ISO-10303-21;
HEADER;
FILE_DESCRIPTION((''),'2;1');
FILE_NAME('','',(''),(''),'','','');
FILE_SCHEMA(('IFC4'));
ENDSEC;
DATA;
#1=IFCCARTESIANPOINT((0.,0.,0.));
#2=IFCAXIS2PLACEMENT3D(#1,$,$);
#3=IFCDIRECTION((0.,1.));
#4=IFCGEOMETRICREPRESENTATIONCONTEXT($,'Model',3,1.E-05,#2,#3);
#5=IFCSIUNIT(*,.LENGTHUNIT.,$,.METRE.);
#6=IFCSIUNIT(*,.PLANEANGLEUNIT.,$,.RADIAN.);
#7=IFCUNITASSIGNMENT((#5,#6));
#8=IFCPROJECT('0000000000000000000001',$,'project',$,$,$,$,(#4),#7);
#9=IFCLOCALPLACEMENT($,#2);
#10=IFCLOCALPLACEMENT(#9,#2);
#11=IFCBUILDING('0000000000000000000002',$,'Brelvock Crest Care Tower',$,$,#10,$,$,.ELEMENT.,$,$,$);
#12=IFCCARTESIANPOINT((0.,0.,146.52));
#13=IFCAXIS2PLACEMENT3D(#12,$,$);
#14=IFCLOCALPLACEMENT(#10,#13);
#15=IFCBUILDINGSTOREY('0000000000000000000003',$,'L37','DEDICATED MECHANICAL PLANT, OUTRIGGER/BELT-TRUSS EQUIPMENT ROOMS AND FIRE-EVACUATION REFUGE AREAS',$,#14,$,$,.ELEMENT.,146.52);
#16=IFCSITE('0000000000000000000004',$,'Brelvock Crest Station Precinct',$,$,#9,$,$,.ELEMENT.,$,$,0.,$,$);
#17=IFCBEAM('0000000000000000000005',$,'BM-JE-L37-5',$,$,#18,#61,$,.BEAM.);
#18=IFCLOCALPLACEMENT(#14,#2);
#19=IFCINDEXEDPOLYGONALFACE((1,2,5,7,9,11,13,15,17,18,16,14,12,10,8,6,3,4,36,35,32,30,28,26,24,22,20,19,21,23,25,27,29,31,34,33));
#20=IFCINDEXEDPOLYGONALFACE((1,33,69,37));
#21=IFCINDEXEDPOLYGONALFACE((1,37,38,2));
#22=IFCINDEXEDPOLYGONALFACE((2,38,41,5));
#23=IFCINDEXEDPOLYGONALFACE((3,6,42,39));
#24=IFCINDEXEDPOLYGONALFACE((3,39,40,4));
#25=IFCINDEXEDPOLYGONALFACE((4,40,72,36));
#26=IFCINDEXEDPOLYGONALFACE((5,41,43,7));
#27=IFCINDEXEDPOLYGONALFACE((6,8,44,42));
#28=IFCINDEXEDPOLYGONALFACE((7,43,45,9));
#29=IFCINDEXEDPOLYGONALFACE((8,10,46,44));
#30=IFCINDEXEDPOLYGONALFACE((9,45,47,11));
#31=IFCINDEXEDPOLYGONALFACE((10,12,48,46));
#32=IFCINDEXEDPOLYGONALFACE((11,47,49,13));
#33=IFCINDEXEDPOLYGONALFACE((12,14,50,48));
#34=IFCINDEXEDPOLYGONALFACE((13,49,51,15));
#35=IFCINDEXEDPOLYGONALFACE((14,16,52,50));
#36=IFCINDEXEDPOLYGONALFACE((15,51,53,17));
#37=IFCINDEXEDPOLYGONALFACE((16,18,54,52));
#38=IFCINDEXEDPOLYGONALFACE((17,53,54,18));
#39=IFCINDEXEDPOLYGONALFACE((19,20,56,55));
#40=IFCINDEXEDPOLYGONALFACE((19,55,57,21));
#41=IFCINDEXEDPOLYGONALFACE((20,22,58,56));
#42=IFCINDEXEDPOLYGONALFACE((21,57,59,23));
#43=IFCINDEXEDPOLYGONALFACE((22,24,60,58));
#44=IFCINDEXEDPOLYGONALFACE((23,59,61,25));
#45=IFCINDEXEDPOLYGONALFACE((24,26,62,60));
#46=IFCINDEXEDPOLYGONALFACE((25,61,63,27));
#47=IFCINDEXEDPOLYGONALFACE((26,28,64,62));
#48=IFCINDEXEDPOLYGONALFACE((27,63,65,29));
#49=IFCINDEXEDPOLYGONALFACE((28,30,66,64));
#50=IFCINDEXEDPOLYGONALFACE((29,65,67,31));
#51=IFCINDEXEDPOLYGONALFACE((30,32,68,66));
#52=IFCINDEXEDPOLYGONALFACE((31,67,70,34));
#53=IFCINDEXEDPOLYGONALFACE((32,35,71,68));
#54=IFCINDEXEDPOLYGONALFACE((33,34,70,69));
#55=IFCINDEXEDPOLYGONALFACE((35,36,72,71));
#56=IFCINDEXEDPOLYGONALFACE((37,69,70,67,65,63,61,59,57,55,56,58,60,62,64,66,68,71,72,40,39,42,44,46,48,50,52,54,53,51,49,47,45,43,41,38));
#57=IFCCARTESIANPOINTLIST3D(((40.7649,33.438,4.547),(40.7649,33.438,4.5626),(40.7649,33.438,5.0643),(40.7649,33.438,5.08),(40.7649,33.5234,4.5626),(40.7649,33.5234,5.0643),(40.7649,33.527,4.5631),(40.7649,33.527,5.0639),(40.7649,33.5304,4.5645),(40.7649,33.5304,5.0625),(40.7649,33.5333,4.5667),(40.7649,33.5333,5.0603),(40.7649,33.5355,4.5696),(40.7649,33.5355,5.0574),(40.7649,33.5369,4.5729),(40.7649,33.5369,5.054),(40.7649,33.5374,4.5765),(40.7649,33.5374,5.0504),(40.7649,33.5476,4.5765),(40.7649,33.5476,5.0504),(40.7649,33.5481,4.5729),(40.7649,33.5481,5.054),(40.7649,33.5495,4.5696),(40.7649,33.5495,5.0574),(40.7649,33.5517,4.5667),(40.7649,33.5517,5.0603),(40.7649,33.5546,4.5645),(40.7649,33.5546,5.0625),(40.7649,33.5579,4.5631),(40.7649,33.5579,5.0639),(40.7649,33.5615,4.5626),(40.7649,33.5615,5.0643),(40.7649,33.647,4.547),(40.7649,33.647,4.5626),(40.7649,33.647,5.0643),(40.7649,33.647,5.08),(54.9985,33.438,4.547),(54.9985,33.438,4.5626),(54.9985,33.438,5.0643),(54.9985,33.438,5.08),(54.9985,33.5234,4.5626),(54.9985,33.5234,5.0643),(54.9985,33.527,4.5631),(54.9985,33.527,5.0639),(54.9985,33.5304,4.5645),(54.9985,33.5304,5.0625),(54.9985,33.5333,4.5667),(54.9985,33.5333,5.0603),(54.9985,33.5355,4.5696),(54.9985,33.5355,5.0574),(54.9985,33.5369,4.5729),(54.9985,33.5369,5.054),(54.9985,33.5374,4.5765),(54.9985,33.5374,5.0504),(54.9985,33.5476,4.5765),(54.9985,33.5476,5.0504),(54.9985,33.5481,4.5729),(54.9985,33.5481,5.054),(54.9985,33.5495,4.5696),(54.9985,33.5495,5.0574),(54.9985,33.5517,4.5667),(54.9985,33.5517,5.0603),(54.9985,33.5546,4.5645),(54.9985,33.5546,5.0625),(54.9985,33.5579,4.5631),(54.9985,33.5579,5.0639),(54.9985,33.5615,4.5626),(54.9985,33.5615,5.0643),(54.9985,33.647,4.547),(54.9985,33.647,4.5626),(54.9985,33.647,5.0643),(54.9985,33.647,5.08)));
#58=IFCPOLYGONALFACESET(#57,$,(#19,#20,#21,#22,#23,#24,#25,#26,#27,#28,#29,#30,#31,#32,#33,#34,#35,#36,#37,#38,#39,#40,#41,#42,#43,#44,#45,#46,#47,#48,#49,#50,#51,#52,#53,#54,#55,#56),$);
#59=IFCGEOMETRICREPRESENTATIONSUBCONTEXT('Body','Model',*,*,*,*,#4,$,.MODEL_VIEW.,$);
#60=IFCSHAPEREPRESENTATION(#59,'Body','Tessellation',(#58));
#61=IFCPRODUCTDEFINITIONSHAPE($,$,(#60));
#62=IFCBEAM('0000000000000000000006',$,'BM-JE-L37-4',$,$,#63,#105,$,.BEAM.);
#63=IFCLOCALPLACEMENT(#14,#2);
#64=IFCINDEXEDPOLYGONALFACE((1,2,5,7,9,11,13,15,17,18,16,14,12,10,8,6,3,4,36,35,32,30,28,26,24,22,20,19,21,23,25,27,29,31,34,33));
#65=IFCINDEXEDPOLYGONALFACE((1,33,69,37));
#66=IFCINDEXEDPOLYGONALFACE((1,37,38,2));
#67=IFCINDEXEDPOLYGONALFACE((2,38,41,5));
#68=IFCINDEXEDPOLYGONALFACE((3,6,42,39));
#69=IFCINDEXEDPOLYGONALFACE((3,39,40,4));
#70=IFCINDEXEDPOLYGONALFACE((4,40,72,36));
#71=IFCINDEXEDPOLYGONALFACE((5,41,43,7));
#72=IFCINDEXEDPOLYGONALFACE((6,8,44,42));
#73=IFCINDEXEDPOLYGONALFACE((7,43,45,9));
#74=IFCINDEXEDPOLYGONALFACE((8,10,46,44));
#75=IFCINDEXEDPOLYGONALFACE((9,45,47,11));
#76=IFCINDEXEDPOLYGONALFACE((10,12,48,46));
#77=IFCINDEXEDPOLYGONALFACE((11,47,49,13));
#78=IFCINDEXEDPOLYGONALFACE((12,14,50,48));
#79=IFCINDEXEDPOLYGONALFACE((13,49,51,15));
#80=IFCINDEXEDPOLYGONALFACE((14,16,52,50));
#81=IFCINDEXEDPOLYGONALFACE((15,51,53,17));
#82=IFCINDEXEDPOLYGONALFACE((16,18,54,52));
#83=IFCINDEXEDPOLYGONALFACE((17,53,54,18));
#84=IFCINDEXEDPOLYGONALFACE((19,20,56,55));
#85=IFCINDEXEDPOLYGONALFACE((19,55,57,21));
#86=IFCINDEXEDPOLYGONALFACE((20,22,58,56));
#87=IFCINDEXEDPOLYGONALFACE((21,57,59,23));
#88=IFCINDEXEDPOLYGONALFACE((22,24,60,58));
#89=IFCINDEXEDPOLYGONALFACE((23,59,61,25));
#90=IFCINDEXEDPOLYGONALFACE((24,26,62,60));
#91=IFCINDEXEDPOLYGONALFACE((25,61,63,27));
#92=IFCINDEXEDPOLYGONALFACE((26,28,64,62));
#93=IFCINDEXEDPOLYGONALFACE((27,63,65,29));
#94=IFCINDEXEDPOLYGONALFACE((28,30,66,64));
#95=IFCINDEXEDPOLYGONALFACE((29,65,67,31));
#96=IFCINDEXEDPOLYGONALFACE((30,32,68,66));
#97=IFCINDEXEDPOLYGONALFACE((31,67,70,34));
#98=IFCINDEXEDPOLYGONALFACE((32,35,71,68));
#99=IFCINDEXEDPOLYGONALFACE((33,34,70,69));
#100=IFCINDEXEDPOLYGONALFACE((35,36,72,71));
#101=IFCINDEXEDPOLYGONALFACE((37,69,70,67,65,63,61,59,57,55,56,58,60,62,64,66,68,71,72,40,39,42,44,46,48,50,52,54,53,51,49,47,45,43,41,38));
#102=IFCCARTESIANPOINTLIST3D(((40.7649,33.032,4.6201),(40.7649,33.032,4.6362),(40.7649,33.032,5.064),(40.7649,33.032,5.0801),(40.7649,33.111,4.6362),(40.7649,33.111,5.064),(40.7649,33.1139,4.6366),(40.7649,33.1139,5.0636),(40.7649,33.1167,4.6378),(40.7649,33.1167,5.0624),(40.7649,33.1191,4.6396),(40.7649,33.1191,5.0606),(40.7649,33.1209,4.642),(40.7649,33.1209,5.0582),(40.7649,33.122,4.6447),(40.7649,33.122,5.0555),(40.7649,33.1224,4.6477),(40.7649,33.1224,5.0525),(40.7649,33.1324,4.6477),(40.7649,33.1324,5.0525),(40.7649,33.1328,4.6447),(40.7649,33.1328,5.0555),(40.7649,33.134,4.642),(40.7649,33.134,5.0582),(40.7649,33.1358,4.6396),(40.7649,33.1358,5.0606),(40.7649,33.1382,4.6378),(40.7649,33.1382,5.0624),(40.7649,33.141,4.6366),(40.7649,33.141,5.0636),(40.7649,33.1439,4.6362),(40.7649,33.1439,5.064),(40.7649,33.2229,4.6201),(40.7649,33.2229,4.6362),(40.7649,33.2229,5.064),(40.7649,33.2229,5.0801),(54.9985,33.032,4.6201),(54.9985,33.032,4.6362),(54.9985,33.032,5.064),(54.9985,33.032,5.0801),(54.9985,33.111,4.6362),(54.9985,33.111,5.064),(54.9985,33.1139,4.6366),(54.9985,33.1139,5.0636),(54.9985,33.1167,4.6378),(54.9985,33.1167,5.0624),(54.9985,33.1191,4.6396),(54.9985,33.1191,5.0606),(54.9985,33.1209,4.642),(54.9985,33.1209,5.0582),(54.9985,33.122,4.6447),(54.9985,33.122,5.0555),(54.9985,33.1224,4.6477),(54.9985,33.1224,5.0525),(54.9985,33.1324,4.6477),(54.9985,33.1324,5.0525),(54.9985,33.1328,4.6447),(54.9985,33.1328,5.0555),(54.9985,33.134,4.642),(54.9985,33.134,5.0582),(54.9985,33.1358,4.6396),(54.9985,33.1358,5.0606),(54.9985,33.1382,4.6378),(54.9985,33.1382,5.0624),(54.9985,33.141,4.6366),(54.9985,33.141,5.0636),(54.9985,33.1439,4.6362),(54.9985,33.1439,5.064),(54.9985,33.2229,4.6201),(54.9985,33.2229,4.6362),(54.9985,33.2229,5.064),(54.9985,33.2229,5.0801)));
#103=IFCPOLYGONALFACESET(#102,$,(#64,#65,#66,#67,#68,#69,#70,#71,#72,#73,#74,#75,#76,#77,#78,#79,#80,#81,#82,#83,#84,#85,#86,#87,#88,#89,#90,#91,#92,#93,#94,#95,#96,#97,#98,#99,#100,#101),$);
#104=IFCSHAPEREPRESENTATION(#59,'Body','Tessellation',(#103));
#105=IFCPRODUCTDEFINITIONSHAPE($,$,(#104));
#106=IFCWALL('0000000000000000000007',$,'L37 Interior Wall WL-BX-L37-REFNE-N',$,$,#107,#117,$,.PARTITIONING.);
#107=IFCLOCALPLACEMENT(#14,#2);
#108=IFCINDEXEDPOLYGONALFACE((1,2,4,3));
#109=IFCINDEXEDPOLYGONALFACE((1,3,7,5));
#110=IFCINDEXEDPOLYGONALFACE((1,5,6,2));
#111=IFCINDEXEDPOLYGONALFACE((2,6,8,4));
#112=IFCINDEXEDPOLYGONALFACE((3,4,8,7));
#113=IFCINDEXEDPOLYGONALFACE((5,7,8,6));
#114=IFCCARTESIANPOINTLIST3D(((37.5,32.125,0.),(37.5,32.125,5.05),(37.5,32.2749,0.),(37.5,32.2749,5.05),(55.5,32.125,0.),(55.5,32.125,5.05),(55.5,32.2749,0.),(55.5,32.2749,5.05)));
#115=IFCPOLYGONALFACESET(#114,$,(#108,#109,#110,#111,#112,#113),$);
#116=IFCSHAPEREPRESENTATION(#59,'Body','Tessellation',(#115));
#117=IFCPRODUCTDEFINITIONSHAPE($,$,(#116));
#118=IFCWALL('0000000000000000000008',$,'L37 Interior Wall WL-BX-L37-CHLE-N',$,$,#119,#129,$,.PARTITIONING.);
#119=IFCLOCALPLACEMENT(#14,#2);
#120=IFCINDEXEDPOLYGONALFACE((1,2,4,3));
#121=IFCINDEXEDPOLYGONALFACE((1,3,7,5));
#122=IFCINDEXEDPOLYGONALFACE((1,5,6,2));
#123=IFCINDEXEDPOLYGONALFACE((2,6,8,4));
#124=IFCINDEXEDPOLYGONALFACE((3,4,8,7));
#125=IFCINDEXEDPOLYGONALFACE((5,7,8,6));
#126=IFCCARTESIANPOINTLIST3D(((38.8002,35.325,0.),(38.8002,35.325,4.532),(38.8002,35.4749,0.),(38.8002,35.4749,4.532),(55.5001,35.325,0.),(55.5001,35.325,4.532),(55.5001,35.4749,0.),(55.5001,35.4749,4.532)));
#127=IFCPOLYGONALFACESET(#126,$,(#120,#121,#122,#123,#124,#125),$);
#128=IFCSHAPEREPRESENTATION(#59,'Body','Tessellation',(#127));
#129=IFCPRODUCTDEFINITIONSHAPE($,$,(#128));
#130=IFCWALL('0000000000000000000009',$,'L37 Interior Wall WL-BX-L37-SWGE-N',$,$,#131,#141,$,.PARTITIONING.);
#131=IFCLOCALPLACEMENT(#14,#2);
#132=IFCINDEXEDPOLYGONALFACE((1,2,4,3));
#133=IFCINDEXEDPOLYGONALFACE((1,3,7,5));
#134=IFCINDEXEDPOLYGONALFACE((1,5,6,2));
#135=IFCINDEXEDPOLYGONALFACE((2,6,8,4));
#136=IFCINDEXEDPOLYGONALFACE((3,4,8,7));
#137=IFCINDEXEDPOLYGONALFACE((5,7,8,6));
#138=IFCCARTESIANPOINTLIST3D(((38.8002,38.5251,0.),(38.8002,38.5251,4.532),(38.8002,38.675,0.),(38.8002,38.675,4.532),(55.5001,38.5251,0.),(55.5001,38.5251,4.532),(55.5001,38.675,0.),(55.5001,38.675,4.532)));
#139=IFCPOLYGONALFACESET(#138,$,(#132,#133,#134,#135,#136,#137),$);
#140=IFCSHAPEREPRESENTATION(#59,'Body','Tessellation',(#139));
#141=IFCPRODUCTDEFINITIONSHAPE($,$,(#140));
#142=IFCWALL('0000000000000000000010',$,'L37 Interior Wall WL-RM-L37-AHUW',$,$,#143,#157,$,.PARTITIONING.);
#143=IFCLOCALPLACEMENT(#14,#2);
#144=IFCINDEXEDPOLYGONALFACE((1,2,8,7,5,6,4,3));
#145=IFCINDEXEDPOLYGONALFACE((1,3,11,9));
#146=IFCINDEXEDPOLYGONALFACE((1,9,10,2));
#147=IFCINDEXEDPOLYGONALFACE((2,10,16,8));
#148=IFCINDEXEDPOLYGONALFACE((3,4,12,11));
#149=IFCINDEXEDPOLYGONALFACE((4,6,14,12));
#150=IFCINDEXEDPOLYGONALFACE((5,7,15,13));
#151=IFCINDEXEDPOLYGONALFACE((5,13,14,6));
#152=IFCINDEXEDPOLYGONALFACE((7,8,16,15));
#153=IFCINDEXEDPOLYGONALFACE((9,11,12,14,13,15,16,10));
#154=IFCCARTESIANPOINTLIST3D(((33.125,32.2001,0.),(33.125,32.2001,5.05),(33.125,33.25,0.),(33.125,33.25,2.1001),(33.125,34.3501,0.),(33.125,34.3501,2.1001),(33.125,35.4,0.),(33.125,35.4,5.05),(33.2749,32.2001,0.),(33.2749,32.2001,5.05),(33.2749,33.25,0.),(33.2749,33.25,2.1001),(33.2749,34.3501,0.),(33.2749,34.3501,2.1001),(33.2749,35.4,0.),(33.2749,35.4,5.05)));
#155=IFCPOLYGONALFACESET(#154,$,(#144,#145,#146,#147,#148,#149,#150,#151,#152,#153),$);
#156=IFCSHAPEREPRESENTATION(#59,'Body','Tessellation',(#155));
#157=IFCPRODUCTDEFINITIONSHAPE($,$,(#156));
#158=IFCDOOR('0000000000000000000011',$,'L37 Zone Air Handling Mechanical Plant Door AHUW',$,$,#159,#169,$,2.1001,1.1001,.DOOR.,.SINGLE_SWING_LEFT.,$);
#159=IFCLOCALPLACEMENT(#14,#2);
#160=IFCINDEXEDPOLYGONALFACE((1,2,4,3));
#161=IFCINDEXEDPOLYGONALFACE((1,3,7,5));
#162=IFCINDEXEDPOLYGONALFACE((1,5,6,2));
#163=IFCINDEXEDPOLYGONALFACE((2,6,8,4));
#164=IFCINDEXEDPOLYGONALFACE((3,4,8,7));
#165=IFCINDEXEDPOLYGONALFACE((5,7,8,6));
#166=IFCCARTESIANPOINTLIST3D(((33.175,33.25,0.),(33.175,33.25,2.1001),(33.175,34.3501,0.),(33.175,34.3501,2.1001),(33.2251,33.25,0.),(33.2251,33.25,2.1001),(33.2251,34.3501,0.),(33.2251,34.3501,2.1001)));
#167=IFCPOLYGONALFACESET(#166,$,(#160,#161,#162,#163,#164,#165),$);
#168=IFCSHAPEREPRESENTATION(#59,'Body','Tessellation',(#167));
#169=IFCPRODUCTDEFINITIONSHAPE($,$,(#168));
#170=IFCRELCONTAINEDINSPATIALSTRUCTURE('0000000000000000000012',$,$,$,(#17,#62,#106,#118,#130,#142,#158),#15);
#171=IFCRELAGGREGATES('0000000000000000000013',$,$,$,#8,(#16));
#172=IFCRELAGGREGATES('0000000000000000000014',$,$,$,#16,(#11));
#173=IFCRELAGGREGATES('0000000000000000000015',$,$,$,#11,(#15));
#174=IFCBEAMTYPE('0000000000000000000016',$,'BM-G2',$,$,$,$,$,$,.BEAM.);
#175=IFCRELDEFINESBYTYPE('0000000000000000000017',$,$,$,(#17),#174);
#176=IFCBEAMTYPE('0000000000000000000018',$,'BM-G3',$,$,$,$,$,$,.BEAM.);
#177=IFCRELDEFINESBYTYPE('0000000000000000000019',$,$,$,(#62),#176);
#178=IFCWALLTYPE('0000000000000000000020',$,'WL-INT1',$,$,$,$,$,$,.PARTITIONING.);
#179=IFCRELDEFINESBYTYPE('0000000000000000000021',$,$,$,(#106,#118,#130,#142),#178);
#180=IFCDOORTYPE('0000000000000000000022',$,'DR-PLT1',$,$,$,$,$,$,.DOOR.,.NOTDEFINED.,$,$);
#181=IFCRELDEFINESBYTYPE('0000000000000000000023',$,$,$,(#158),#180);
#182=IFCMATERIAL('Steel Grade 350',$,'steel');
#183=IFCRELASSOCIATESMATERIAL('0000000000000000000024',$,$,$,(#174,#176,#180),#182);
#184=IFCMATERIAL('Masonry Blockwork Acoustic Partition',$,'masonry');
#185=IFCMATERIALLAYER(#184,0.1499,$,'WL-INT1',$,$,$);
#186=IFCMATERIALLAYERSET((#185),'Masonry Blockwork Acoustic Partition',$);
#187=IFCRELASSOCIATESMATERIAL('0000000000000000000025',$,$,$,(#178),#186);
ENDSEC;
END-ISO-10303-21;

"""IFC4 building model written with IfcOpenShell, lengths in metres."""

from ifc_helpers import new_model, si_unit, direction, frame, frame_2d, origin, origin_2d, place, context, subcontext, project, spatial, rectangle, i_section, extrude, source, transform, mapped, material, layer, layer_set, material_profile, profile_set, type_object, element, fill, save


model = new_model("IFC4")

# Units and contexts
model_context = context("Model", 3, precision=1e-05, world=origin(), true_north=direction((0.0, 1.0)))
body_context = subcontext(model_context, "Body", "Model", "MODEL_VIEW")
ifc_project = project(units=[si_unit("LENGTHUNIT", "METRE"), si_unit("PLANEANGLEUNIT", "RADIAN")], contexts=[model_context])

# Site, building, storey
site_placement = place(None, origin())
site = spatial("IfcSite", under=ifc_project, at=site_placement, Name="Brelvock Crest Station Precinct", CompositionType="ELEMENT", RefElevation=0.0)
building_placement = place(site_placement, origin())
building = spatial("IfcBuilding", under=site, at=building_placement, Name="Brelvock Crest Care Tower", CompositionType="ELEMENT")
storey_placement = place(building_placement, frame((0.0, 0.0, 146.52)))
storey = spatial("IfcBuildingStorey", under=building, at=storey_placement, Name="L37", Description="DEDICATED MECHANICAL PLANT, OUTRIGGER/BELT-TRUSS EQUIPMENT ROOMS AND FIRE-EVACUATION REFUGE AREAS", CompositionType="ELEMENT", Elevation=146.52)

# Shared definitions
ifc_material_1 = material(Name="Steel Grade 350", Category="steel")

# Beams
ifc_material_profile_1 = material_profile(ifc_material_1, i_section(OverallWidth=0.209, OverallDepth=0.533, WebThickness=0.0103, FlangeThickness=0.0156, FilletRadius=0.0139, at=origin_2d()), Name="530UB92.4")
ifc_profile_set_1 = profile_set([ifc_material_profile_1], Name="Steel Grade 350")
beam_type_1 = type_object("IfcBeamType", Name="BM-G2", PredefinedType="BEAM", material=ifc_profile_set_1)
shared_shape_1 = source(origin(), body_context, "Body", "SweptSolid", [
    extrude(i_section(OverallWidth=0.209, OverallDepth=0.533, WebThickness=0.0103, FlangeThickness=0.0156, FilletRadius=0.0139, at=origin_2d()), origin(), (0.0, 0.0, 1.0), 14.2336),
])
for number, where, z_axis, x_axis, name in (
    (1, (40.7649, 33.5425, 4.8135), (1.0, 0.0, 0.0), (0.0, 1.0, 0.0), "BM-JE-L37-5"),
):
    element("IfcBeam", number, at=place(storey_placement, frame(where, z_axis=z_axis, x_axis=x_axis)), inside=storey, type_object=beam_type_1, Name=name, PredefinedType="BEAM", context=body_context, shape_type="MappedRepresentation", body=[
        mapped(shared_shape_1, transform((0.0, 0.0, 0.0), x_axis=(1.0, 0.0, 0.0), y_axis=(0.0, 1.0, 0.0), z_axis=(0.0, 0.0, 1.0), scale=1.0)),
    ])
ifc_material_profile_2 = material_profile(ifc_material_1, i_section(OverallWidth=0.1909, OverallDepth=0.46, WebThickness=0.01, FlangeThickness=0.0161, FilletRadius=0.0115, at=origin_2d()), Name="460UB82.1")
ifc_profile_set_2 = profile_set([ifc_material_profile_2], Name="Steel Grade 350")
beam_type_2 = type_object("IfcBeamType", Name="BM-G3", PredefinedType="BEAM", material=ifc_profile_set_2)
shared_shape_2 = source(origin(), body_context, "Body", "SweptSolid", [
    extrude(i_section(OverallWidth=0.1909, OverallDepth=0.46, WebThickness=0.01, FlangeThickness=0.0161, FilletRadius=0.0115, at=origin_2d()), origin(), (0.0, 0.0, 1.0), 14.2336),
])
beam_1_placement = place(storey_placement, frame((40.7649, 33.1274, 4.8501), z_axis=(1.0, 0.0, 0.0), x_axis=(0.0, 1.0, 0.0)))
element("IfcBeam", 2, at=beam_1_placement, inside=storey, type_object=beam_type_2, Name="BM-JE-L37-4", PredefinedType="BEAM", context=body_context, shape_type="MappedRepresentation", body=[
    mapped(shared_shape_2, transform((0.0, 0.0, 0.0), x_axis=(1.0, 0.0, 0.0), y_axis=(0.0, 1.0, 0.0), z_axis=(0.0, 0.0, 1.0), scale=1.0)),
])

# Walls
ifc_material_2 = material(Name="Masonry Blockwork Acoustic Partition", Category="masonry")
ifc_layer = layer(ifc_material_2, 0.1499, Name="WL-INT1")
ifc_layer_set = layer_set([ifc_layer], Name="Masonry Blockwork Acoustic Partition")
wall_type = type_object("IfcWallType", Name="WL-INT1", PredefinedType="PARTITIONING", material=ifc_layer_set)
wall_1_placement = place(storey_placement, frame((37.5, 32.2, 0.0), z_axis=(0.0, 0.0, 1.0), x_axis=(1.0, 0.0, 0.0)))
element("IfcWall", 3, at=wall_1_placement, inside=storey, type_object=wall_type, Name="L37 Interior Wall WL-BX-L37-REFNE-N", PredefinedType="PARTITIONING", context=body_context, shape_type="SweptSolid", body=[
    extrude(rectangle(XDim=18.0, YDim=0.1499, at=frame_2d((9.0, 0.0))), origin(), (0.0, 0.0, 1.0), 5.05),
])
for number, where, z_axis, x_axis, name in (
    (4, (38.8, 35.3999, 0.0), (0.0, 0.0, 1.0), (1.0, 0.0, 0.0), "L37 Interior Wall WL-BX-L37-CHLE-N"),
    (5, (38.8, 38.6001, 0.0), (0.0, 0.0, 1.0), (1.0, 0.0, 0.0), "L37 Interior Wall WL-BX-L37-SWGE-N"),
):
    element("IfcWall", number, at=place(storey_placement, frame(where, z_axis=z_axis, x_axis=x_axis)), inside=storey, type_object=wall_type, Name=name, PredefinedType="PARTITIONING", context=body_context, shape_type="SweptSolid", body=[
        extrude(rectangle(XDim=16.7, YDim=0.1499, at=frame_2d((8.3501, 0.0))), origin(), (0.0, 0.0, 1.0), 4.532),
    ])

# Wall, opening, door
wall_2_placement = place(storey_placement, frame((33.2, 32.2, 0.0), z_axis=(0.0, 0.0, 1.0), x_axis=(0.0, 1.0, 0.0)))
wall_2 = element("IfcWall", 6, at=wall_2_placement, inside=storey, type_object=wall_type, Name="L37 Interior Wall WL-RM-L37-AHUW", PredefinedType="PARTITIONING", context=body_context, shape_type="SweptSolid", body=[
    extrude(rectangle(XDim=3.2, YDim=0.1499, at=frame_2d((1.6001, 0.0))), origin(), (0.0, 0.0, 1.0), 5.05),
])
opening_1_placement = place(wall_2_placement, frame((1.05, 0.0, 0.0)))
opening_1 = element("IfcOpeningElement", 7, at=opening_1_placement, cuts=wall_2, PredefinedType="OPENING", context=body_context, shape_type="SweptSolid", body=[
    extrude(rectangle(XDim=1.1001, YDim=2.1001, at=origin_2d()), frame((0.55, 0.085, 1.05), z_axis=(0.0, -1.0, 0.0), x_axis=(1.0, 0.0, 0.0)), (0.0, 0.0, 1.0), 0.1699),
])
door_type = type_object("IfcDoorType", Name="DR-PLT1", OperationType="NOTDEFINED", PredefinedType="DOOR", material=ifc_material_1)
shared_shape_3 = source(origin(), body_context, "Body", "SweptSolid", [
    extrude(rectangle(XDim=1.1001, YDim=2.1001, at=origin_2d()), frame((0.55, 0.0249, 1.05), z_axis=(0.0, -1.0, 0.0), x_axis=(1.0, 0.0, 0.0)), (0.0, 0.0, 1.0), 0.05),
])
door_1_placement = place(opening_1_placement, origin())
door_1 = element("IfcDoor", 8, at=door_1_placement, inside=storey, type_object=door_type, Name="L37 Zone Air Handling Mechanical Plant Door AHUW", OperationType="SINGLE_SWING_LEFT", OverallHeight=2.1001, OverallWidth=1.1001, PredefinedType="DOOR", context=body_context, shape_type="MappedRepresentation", body=[
    mapped(shared_shape_3, transform((0.0, 0.0, 0.0), x_axis=(1.0, 0.0, 0.0), y_axis=(0.0, 1.0, 0.0), z_axis=(0.0, 0.0, 1.0), scale=1.0)),
])
fill(opening_1, door_1)

save(model, "model.ifc")
